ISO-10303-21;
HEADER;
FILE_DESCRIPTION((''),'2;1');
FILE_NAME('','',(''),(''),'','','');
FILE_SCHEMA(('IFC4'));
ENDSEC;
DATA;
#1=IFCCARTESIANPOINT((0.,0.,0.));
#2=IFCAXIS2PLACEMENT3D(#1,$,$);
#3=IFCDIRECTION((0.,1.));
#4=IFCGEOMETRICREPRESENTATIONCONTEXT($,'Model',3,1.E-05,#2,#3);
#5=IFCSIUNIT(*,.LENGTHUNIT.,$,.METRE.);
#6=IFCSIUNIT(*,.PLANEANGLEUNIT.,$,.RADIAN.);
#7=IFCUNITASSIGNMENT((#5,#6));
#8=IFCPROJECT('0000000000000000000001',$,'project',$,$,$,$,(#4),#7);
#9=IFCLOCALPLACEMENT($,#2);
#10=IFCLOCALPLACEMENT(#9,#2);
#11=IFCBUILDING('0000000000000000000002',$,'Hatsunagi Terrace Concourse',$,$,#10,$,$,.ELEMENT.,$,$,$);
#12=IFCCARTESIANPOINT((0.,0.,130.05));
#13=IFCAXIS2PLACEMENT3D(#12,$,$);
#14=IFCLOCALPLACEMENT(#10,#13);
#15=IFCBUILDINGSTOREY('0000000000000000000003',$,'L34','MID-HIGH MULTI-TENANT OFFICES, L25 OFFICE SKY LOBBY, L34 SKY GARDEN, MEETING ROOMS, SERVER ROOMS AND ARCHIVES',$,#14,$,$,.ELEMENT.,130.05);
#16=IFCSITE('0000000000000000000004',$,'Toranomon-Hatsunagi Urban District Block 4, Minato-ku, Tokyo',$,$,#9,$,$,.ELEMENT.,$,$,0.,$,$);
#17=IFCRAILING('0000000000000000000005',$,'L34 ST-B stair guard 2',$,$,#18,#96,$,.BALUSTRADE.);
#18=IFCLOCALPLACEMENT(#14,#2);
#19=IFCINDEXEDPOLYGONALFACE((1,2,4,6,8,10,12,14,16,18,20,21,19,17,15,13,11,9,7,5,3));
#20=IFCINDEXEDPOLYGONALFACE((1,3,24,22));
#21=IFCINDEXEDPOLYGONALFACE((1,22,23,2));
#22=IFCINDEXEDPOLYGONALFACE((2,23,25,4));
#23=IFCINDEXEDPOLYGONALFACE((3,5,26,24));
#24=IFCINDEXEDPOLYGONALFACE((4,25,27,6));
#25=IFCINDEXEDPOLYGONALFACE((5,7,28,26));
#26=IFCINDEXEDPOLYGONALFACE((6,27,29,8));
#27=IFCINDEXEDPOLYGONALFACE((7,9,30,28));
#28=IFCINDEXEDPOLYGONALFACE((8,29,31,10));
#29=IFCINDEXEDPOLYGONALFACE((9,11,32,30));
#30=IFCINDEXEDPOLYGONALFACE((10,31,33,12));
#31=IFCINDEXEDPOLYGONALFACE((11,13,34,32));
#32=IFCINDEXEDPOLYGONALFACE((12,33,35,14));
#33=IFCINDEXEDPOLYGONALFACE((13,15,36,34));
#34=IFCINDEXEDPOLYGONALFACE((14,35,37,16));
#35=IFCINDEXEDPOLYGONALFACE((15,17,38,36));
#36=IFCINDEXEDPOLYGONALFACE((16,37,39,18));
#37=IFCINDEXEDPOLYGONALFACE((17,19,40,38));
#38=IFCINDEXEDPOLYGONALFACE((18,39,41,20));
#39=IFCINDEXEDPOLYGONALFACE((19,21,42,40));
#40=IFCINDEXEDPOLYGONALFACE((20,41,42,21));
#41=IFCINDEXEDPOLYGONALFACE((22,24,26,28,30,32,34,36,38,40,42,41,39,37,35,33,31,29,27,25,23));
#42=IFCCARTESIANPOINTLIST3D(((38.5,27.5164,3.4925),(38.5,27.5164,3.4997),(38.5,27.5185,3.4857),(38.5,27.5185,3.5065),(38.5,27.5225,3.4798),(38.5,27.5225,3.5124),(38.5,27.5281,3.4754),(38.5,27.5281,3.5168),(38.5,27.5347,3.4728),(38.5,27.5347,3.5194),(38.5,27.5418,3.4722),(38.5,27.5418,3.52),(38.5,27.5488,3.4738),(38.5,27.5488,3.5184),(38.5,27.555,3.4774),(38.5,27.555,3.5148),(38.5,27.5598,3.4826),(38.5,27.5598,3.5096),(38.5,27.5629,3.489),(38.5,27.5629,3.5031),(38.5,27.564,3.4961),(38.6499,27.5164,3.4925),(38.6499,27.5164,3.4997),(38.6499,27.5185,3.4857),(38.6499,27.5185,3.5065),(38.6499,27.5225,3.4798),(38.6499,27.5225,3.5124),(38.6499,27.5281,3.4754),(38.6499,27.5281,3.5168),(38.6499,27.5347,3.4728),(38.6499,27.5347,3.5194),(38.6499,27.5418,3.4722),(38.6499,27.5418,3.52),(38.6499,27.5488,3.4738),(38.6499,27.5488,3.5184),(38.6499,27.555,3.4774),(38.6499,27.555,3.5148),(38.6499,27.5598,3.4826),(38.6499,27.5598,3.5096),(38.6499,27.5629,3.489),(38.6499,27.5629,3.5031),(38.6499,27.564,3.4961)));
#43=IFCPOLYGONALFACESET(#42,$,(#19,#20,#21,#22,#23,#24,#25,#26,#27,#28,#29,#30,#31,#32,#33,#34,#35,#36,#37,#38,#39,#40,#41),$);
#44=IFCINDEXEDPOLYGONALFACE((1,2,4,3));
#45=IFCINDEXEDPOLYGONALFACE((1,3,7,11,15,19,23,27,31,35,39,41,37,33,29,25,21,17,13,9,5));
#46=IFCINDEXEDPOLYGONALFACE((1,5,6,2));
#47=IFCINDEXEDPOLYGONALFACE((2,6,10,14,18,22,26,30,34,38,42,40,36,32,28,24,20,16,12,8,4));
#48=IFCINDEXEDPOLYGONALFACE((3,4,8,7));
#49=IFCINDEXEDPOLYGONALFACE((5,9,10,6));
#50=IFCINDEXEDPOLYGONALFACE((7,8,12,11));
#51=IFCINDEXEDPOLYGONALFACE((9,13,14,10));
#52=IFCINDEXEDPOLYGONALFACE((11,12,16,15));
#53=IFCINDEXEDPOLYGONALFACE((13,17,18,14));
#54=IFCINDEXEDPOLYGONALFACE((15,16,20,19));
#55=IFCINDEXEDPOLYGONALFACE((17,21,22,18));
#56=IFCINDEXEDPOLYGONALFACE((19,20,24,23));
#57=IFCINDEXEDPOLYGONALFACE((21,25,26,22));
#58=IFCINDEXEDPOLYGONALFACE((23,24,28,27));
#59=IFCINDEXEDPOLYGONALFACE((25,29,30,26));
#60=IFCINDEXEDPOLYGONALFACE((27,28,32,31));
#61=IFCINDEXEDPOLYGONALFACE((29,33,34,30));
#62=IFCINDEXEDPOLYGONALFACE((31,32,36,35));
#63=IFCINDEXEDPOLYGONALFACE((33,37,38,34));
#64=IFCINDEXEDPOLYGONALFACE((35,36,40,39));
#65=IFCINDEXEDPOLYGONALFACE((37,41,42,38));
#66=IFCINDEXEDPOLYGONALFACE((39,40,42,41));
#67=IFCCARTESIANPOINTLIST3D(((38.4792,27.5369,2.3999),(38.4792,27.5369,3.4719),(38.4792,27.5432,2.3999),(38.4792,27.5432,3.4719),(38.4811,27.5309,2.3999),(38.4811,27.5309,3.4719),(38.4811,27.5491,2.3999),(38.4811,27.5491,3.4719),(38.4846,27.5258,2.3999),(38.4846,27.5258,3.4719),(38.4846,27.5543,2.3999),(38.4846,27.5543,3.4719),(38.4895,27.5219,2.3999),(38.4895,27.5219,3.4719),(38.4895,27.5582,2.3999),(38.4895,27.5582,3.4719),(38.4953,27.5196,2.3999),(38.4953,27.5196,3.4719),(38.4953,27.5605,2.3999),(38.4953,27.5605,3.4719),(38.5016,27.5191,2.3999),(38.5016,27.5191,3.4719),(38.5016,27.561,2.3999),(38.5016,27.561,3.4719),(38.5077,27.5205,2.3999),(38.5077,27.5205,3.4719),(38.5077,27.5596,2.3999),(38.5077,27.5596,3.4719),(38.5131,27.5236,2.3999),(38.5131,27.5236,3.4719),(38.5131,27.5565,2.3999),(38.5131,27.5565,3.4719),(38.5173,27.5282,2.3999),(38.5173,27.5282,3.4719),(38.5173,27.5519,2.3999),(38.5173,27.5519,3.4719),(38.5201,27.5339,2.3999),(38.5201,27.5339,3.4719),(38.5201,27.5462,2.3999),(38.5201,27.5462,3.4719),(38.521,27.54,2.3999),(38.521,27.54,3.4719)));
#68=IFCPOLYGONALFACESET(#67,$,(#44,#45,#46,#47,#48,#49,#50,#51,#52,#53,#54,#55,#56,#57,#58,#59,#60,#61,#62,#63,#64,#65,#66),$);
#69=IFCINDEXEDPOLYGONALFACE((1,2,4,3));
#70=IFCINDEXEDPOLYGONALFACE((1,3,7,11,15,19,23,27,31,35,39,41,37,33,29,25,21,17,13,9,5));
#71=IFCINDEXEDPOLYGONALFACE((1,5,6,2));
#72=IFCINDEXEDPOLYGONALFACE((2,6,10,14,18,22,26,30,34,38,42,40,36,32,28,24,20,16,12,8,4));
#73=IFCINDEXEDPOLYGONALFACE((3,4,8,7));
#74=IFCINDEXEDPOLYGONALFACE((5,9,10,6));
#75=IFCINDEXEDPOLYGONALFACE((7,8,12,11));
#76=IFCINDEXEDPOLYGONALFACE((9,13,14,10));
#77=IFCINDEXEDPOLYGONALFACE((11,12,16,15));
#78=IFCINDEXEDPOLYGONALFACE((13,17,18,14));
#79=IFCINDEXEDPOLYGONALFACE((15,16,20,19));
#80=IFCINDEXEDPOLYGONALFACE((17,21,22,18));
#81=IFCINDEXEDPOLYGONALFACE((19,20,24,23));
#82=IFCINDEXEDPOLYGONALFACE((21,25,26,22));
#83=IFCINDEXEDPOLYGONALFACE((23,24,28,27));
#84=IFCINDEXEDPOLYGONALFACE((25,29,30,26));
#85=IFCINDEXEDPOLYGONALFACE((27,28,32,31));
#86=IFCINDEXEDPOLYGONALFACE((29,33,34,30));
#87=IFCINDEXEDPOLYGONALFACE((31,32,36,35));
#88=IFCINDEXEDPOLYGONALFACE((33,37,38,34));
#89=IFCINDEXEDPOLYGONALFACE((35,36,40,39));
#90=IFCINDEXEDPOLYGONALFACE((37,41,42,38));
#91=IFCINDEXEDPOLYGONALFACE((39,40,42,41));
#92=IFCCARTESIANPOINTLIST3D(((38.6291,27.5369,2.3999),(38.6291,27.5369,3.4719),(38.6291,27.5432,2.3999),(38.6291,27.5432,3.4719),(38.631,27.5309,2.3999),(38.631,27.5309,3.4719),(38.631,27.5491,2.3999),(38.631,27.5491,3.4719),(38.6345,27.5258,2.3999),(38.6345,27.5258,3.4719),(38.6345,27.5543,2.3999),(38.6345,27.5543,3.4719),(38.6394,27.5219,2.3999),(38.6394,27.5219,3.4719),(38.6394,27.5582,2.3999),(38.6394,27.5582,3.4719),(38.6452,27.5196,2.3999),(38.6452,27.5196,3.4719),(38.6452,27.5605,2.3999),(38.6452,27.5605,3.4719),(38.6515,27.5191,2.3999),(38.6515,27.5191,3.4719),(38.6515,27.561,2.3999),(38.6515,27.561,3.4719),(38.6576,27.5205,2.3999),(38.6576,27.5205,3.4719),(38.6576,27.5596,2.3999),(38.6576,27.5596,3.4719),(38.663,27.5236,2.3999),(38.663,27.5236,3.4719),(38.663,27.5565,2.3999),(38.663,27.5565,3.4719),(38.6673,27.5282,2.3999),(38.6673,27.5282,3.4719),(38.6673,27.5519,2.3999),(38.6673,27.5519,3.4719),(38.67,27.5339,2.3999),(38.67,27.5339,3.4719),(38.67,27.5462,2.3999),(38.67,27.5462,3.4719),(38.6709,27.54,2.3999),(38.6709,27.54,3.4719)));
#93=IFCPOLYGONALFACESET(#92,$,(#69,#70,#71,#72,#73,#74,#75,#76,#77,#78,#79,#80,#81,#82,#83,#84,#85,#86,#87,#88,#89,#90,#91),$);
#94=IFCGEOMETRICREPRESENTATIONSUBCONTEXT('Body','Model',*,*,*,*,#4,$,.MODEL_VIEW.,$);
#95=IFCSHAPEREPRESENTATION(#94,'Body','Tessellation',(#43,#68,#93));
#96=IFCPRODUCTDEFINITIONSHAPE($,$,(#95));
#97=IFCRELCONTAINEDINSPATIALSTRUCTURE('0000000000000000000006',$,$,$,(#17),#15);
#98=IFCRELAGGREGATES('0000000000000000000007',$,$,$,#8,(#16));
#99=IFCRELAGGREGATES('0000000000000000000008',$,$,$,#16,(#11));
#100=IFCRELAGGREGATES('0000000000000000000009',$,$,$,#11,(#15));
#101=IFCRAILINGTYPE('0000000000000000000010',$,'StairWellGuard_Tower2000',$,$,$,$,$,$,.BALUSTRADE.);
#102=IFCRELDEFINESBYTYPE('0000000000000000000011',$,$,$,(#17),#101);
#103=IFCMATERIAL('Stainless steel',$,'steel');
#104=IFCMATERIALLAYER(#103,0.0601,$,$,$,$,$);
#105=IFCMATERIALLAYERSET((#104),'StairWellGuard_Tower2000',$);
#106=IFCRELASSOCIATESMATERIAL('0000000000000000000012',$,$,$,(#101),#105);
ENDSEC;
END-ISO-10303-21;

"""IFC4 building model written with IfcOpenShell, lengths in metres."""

from ifc_helpers import new_model, si_unit, direction, frame, origin, origin_2d, place, context, subcontext, project, spatial, circle, extrude, material, layer, layer_set, type_object, element, save


model = new_model("IFC4")

# Units and contexts
model_context = context("Model", 3, precision=1e-05, world=origin(), true_north=direction((0.0, 1.0)))
body_context = subcontext(model_context, "Body", "Model", "MODEL_VIEW")
ifc_project = project(units=[si_unit("LENGTHUNIT", "METRE"), si_unit("PLANEANGLEUNIT", "RADIAN")], contexts=[model_context])

# Site, building, storey
site_placement = place(None, origin())
site = spatial("IfcSite", under=ifc_project, at=site_placement, Name="Toranomon-Hatsunagi Urban District Block 4, Minato-ku, Tokyo", CompositionType="ELEMENT", RefElevation=0.0)
building_placement = place(site_placement, origin())
building = spatial("IfcBuilding", under=site, at=building_placement, Name="Hatsunagi Terrace Concourse", CompositionType="ELEMENT")
storey_placement = place(building_placement, frame((0.0, 0.0, 130.05)))
storey = spatial("IfcBuildingStorey", under=building, at=storey_placement, Name="L34", Description="MID-HIGH MULTI-TENANT OFFICES, L25 OFFICE SKY LOBBY, L34 SKY GARDEN, MEETING ROOMS, SERVER ROOMS AND ARCHIVES", CompositionType="ELEMENT", Elevation=130.05)

# Railing
ifc_material_1 = material(Name="Stainless steel", Category="steel")
ifc_layer_1 = layer(ifc_material_1, 0.0601)
ifc_layer_set_1 = layer_set([ifc_layer_1], Name="StairWellGuard_Tower2000")
railing_type_1 = type_object("IfcRailingType", Name="StairWellGuard_Tower2000", PredefinedType="BALUSTRADE", material=ifc_layer_set_1)
railing_1_placement = place(storey_placement, frame((38.5, 27.54, 2.3999)))
element("IfcRailing", 1, at=railing_1_placement, inside=storey, type_object=railing_type_1, Name="L34 ST-B stair guard 2", PredefinedType="BALUSTRADE", context=body_context, shape_type="SweptSolid", body=[
    extrude(circle(Radius=0.0239, at=origin_2d()), frame((0.0, 0.0, 1.0962), z_axis=(1.0, 0.0, 0.0), x_axis=(0.0, 1.0, 0.0)), (0.0, 0.0, 1.0), 0.1499),
    extrude(circle(Radius=0.021, at=origin_2d()), origin(), (0.0, 0.0, 1.0), 1.072),
    extrude(circle(Radius=0.021, at=origin_2d()), frame((0.1499, 0.0, 0.0)), (0.0, 0.0, 1.0), 1.072),
])

save(model, "model.ifc")
